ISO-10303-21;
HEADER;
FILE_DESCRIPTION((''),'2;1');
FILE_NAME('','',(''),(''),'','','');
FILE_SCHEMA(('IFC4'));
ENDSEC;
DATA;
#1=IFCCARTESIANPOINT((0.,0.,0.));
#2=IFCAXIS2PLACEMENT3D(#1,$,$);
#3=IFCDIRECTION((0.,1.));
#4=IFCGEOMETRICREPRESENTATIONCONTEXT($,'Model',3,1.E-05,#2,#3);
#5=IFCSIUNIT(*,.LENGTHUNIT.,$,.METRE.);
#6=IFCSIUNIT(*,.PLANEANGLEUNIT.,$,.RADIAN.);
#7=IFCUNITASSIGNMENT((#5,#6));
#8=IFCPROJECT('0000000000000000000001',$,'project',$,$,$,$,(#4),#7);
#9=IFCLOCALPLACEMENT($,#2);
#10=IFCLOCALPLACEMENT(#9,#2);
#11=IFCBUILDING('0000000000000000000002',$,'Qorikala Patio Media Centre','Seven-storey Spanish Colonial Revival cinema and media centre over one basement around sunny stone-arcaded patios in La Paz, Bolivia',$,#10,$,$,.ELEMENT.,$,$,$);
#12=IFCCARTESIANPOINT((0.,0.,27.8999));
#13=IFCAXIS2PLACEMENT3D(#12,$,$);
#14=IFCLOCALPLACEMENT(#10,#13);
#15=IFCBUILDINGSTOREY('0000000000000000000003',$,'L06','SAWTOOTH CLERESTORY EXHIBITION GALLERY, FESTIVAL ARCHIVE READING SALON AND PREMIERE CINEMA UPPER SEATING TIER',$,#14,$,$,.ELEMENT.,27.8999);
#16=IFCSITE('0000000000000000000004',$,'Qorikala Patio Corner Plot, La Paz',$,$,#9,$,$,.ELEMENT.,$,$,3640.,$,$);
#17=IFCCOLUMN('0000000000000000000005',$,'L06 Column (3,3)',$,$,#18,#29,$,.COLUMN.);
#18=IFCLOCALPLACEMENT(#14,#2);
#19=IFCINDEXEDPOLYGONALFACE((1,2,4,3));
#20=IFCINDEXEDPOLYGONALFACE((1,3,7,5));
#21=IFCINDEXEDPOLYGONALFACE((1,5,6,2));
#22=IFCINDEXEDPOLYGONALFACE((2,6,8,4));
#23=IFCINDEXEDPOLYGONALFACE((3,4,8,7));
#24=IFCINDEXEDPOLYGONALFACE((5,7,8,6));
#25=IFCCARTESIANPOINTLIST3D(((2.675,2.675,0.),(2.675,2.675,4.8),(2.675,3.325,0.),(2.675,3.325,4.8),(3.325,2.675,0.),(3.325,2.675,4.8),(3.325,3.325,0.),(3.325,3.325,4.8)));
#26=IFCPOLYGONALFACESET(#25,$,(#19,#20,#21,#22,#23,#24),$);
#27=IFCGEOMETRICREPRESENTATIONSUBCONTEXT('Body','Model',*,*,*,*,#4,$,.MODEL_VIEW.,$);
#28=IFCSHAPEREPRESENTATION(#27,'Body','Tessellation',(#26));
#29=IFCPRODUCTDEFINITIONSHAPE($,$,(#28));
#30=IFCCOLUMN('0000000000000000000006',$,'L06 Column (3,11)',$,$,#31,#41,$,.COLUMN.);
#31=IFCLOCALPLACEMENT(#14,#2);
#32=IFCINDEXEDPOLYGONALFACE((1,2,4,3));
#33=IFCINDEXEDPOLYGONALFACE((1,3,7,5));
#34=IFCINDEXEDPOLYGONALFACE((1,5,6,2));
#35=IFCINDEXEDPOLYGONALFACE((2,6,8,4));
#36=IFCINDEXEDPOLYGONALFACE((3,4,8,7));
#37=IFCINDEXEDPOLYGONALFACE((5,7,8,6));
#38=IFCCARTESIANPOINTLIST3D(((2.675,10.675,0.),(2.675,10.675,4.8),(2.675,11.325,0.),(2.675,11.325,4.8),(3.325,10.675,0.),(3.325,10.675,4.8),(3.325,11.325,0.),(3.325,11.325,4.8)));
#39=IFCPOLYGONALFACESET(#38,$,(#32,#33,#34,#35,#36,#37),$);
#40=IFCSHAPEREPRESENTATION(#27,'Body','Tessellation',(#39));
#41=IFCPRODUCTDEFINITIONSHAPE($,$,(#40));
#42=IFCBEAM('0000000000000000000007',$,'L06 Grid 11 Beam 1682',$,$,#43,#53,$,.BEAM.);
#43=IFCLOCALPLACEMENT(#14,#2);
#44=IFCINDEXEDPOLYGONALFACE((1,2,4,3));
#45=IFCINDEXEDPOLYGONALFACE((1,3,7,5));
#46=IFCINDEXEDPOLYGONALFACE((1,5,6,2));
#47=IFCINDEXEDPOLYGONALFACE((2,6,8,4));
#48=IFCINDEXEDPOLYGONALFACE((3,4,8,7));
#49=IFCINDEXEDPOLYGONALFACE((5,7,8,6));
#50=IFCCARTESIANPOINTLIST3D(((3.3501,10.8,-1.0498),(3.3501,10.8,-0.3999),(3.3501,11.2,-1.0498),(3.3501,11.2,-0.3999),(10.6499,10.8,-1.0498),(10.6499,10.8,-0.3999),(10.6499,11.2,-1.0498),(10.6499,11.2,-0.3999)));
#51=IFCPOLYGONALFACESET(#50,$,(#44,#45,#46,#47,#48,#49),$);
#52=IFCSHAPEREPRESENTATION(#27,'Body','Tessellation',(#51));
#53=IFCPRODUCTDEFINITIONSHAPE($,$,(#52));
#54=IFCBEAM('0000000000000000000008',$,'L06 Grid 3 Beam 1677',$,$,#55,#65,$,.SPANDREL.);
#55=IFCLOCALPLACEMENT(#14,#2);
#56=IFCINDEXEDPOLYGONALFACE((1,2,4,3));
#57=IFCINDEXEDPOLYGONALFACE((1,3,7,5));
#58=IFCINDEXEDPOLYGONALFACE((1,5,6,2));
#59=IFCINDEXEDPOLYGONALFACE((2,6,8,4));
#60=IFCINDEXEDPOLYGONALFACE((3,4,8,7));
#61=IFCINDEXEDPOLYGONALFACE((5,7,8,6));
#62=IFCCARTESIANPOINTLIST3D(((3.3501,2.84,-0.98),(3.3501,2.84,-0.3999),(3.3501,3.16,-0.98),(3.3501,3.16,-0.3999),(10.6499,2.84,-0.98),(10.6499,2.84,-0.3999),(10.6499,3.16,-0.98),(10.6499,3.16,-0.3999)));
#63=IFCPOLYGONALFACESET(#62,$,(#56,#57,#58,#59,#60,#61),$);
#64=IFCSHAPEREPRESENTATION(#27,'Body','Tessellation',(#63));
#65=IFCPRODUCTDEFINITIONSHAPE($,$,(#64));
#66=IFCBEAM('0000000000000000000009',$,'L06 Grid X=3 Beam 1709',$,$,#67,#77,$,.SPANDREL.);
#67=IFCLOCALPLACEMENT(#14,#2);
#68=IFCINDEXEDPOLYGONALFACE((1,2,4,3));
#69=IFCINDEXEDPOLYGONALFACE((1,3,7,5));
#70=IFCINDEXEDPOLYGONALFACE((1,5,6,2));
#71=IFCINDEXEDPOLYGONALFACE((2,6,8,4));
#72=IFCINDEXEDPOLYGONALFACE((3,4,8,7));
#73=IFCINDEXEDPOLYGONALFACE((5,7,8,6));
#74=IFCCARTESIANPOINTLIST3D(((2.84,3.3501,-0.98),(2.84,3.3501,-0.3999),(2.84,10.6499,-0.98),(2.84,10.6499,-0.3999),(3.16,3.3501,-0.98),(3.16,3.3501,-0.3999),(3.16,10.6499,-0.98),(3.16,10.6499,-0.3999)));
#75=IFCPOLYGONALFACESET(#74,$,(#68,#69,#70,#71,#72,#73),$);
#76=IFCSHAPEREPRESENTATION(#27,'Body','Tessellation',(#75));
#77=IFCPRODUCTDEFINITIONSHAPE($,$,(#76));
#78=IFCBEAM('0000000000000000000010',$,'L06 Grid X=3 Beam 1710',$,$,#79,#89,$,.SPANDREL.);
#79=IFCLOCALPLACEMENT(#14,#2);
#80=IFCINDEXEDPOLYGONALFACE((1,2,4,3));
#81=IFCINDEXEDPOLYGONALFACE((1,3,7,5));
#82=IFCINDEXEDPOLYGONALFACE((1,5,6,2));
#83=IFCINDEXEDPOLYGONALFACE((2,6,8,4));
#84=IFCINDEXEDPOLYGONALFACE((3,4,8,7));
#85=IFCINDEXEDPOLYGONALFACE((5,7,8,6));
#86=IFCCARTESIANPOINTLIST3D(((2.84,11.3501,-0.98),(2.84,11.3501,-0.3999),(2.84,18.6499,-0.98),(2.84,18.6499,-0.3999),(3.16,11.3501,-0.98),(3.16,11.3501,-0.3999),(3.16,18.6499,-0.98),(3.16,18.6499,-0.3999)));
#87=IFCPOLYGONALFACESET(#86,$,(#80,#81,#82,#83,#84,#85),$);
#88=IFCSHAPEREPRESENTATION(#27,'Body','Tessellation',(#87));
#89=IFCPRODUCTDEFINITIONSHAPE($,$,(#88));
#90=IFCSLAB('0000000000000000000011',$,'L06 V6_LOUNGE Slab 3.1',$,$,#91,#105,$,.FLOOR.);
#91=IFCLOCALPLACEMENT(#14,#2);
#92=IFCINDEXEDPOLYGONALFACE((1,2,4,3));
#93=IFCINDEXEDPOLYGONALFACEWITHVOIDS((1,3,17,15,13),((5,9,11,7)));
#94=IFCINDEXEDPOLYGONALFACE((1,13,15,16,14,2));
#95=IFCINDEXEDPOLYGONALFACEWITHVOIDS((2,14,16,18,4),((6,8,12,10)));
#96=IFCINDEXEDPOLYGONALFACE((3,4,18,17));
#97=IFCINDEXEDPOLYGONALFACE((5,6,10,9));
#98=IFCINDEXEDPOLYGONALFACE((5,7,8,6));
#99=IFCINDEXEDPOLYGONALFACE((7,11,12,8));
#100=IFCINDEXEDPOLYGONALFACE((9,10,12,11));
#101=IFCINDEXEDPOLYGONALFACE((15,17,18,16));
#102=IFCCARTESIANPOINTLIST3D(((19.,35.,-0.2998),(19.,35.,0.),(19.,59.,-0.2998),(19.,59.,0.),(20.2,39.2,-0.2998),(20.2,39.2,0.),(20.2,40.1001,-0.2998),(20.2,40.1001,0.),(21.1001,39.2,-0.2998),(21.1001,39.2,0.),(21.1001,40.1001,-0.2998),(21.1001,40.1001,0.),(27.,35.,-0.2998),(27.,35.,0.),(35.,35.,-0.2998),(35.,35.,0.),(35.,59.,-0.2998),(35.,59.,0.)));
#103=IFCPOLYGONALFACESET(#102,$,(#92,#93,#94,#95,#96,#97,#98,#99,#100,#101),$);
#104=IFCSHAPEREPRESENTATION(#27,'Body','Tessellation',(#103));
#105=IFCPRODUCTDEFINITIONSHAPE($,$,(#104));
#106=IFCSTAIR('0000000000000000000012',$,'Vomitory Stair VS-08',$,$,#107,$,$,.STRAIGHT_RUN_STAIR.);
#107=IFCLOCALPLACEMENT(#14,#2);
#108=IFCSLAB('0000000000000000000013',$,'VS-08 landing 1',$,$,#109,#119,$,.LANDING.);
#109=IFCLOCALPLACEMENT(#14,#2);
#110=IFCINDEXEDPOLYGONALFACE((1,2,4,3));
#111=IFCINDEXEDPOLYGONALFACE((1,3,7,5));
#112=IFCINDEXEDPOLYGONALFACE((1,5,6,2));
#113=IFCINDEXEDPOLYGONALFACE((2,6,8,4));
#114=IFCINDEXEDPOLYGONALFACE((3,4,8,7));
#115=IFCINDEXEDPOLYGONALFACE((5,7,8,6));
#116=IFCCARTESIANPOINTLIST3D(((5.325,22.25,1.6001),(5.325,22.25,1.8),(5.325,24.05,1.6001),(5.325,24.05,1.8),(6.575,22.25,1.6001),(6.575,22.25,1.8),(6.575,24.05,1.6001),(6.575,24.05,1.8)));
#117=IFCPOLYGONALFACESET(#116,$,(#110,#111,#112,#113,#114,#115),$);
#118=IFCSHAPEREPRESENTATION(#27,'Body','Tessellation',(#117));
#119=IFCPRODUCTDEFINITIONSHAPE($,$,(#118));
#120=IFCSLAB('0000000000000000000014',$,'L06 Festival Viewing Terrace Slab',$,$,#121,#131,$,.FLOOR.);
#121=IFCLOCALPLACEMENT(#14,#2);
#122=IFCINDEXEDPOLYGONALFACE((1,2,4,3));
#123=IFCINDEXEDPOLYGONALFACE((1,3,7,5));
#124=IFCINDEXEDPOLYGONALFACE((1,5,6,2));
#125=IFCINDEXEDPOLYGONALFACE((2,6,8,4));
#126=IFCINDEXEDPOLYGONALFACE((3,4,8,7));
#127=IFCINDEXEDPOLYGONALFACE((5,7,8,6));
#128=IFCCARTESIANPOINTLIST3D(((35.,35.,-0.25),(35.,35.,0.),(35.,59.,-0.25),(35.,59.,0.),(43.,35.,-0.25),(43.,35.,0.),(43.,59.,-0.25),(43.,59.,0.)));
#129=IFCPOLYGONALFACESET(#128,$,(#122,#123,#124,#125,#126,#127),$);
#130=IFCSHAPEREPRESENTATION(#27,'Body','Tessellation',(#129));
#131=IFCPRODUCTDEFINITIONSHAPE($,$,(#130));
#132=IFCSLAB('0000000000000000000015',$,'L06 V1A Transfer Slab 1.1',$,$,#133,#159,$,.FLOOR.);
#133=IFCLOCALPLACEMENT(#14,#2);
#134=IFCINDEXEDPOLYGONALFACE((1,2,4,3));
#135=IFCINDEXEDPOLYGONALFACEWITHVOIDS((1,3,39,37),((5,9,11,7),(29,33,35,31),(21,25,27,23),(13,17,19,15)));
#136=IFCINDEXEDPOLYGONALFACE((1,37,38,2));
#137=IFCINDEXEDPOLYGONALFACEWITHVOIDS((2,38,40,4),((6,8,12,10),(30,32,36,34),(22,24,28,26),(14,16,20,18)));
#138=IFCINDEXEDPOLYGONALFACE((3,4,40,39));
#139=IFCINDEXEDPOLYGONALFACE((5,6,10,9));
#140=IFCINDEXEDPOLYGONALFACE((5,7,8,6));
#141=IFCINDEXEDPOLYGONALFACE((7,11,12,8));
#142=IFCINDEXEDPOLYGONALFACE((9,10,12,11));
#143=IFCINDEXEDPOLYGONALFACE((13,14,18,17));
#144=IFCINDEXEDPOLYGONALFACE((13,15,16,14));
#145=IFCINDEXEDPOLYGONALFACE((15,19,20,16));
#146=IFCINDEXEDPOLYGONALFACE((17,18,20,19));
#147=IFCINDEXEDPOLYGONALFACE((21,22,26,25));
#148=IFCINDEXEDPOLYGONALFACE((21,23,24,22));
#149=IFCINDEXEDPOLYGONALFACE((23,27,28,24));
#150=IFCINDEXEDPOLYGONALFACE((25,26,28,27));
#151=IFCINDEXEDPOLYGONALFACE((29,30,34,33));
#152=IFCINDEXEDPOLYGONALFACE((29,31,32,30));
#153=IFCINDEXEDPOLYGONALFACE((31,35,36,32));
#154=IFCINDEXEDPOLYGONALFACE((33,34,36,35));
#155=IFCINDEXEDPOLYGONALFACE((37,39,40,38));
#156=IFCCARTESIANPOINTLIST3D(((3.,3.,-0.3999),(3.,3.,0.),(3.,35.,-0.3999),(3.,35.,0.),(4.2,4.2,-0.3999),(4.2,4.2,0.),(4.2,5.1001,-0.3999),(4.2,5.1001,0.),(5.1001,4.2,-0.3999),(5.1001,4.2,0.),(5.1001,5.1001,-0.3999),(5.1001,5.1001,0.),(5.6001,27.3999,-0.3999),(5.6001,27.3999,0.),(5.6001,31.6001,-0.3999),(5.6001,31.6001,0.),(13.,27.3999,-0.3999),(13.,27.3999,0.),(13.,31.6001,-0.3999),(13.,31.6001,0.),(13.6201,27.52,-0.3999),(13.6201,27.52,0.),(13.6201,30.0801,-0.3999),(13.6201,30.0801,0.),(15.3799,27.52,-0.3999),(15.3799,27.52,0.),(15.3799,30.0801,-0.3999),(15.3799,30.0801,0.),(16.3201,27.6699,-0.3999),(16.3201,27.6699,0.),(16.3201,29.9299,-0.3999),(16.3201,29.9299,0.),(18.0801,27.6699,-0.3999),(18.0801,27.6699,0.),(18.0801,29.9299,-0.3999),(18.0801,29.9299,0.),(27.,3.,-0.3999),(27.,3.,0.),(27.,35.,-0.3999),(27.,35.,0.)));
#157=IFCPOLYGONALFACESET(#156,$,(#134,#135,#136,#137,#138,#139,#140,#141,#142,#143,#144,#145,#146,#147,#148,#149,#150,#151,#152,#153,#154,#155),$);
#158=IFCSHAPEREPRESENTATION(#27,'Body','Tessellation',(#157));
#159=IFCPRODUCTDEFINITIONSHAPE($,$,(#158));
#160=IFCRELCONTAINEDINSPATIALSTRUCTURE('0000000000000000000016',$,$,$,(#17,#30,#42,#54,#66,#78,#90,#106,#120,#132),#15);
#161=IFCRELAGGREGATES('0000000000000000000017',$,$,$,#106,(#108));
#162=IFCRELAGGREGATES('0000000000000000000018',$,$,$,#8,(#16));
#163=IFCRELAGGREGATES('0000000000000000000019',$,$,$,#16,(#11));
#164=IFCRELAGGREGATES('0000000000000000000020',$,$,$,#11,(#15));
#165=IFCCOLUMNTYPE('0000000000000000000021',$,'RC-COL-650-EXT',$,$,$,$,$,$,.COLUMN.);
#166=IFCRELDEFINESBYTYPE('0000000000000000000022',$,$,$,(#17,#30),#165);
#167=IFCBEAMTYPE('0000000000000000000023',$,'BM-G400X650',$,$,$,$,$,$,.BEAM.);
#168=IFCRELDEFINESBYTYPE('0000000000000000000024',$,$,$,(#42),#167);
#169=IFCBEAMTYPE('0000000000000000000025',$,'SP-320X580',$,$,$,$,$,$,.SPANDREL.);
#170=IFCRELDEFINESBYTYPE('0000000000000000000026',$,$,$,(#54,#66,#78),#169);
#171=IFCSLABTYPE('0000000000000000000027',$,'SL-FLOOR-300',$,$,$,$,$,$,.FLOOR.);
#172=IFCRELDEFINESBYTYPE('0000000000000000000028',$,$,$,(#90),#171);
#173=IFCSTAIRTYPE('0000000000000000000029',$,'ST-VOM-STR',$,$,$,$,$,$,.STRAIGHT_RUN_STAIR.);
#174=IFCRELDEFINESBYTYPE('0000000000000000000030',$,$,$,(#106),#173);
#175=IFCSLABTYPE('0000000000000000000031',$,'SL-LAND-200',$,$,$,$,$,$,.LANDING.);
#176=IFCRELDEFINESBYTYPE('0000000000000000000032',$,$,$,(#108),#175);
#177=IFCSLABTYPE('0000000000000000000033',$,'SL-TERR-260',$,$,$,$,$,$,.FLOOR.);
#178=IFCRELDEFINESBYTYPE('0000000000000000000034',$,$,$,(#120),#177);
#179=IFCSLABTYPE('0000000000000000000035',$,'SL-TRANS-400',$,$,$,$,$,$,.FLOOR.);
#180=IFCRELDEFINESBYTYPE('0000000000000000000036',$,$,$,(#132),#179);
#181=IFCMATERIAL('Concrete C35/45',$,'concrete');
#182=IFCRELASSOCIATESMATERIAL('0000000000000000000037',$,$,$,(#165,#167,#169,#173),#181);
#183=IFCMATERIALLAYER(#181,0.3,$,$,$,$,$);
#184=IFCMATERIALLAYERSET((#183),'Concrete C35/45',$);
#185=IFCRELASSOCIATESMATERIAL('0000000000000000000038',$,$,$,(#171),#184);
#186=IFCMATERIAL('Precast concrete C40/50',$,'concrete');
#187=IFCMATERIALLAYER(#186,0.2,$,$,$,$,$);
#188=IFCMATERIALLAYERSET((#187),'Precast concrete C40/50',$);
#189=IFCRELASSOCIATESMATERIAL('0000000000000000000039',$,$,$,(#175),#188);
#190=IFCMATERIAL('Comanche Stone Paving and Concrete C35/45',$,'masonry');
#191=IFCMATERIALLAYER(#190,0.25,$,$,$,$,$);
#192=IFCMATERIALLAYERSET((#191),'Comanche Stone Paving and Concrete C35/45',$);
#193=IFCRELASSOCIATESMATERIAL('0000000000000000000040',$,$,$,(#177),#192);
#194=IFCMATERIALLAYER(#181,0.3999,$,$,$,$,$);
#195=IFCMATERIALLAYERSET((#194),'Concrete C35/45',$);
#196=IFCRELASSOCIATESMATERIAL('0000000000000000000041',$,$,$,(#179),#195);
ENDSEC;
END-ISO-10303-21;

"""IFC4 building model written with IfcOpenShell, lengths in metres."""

from ifc_helpers import new_model, si_unit, direction, frame, origin, origin_2d, place, context, subcontext, project, spatial, polyline, rectangle, outline, extrude, material, layer, layer_set, material_profile, profile_set, type_object, element, aggregate, save


model = new_model("IFC4")

# Units and contexts
model_context = context("Model", 3, precision=1e-05, world=origin(), true_north=direction((0.0, 1.0)))
body_context = subcontext(model_context, "Body", "Model", "MODEL_VIEW")
ifc_project = project(units=[si_unit("LENGTHUNIT", "METRE"), si_unit("PLANEANGLEUNIT", "RADIAN")], contexts=[model_context])

# Site, building, storey
site_placement = place(None, origin())
site = spatial("IfcSite", under=ifc_project, at=site_placement, Name="Qorikala Patio Corner Plot, La Paz", CompositionType="ELEMENT", RefElevation=3640.0)
building_placement = place(site_placement, origin())
building = spatial("IfcBuilding", under=site, at=building_placement, Name="Qorikala Patio Media Centre", Description="Seven-storey Spanish Colonial Revival cinema and media centre over one basement around sunny stone-arcaded patios in La Paz, Bolivia", CompositionType="ELEMENT")
storey_placement = place(building_placement, frame((0.0, 0.0, 27.8999)))
storey = spatial("IfcBuildingStorey", under=building, at=storey_placement, Name="L06", Description="SAWTOOTH CLERESTORY EXHIBITION GALLERY, FESTIVAL ARCHIVE READING SALON AND PREMIERE CINEMA UPPER SEATING TIER", CompositionType="ELEMENT", Elevation=27.8999)

# Columns
ifc_material_1 = material(Name="Concrete C35/45", Category="concrete")
ifc_material_profile_1 = material_profile(ifc_material_1, rectangle(XDim=0.6499, YDim=0.6499, at=origin_2d()), Name="RC 650x650")
ifc_profile_set_1 = profile_set([ifc_material_profile_1], Name="Concrete C35/45")
column_type = type_object("IfcColumnType", Name="RC-COL-650-EXT", PredefinedType="COLUMN", material=ifc_profile_set_1)
for number, where, z_axis, x_axis, name in (
    (1, (3.0, 3.0, 0.0), (0.0, 0.0, 1.0), (1.0, 0.0, 0.0), "L06 Column (3,3)"),
    (2, (3.0, 11.0, 0.0), (0.0, 0.0, 1.0), (1.0, 0.0, 0.0), "L06 Column (3,11)"),
):
    element("IfcColumn", number, at=place(storey_placement, frame(where, z_axis=z_axis, x_axis=x_axis)), inside=storey, type_object=column_type, Name=name, PredefinedType="COLUMN", context=body_context, shape_type="SweptSolid", body=[
        extrude(rectangle(XDim=0.6499, YDim=0.6499, at=origin_2d()), origin(), (0.0, 0.0, 1.0), 4.8),
    ])

# Beams
ifc_material_profile_2 = material_profile(ifc_material_1, rectangle(XDim=0.3999, YDim=0.6499, at=origin_2d()), Name="RC 400x650")
ifc_profile_set_2 = profile_set([ifc_material_profile_2], Name="Concrete C35/45")
beam_type_1 = type_object("IfcBeamType", Name="BM-G400X650", PredefinedType="BEAM", material=ifc_profile_set_2)
beam_placement = place(storey_placement, frame((3.3501, 11.0, -0.7249), z_axis=(1.0, 0.0, 0.0), x_axis=(0.0, 1.0, 0.0)))
element("IfcBeam", 3, at=beam_placement, inside=storey, type_object=beam_type_1, Name="L06 Grid 11 Beam 1682", PredefinedType="BEAM", context=body_context, shape_type="SweptSolid", body=[
    extrude(rectangle(XDim=0.3999, YDim=0.6499, at=origin_2d()), origin(), (0.0, 0.0, 1.0), 7.2998),
])
ifc_material_profile_3 = material_profile(ifc_material_1, rectangle(XDim=0.3201, YDim=0.5801, at=origin_2d()), Name="RC 320x580")
ifc_profile_set_3 = profile_set([ifc_material_profile_3], Name="Concrete C35/45")
beam_type_2 = type_object("IfcBeamType", Name="SP-320X580", PredefinedType="SPANDREL", material=ifc_profile_set_3)
for number, where, z_axis, x_axis, name in (
    (4, (3.3501, 3.0, -0.6899), (1.0, 0.0, 0.0), (0.0, 1.0, 0.0), "L06 Grid 3 Beam 1677"),
    (5, (3.0, 3.3501, -0.6899), (0.0, 1.0, 0.0), (-1.0, 0.0, 0.0), "L06 Grid X=3 Beam 1709"),
    (6, (3.0, 11.3501, -0.6899), (0.0, 1.0, 0.0), (-1.0, 0.0, 0.0), "L06 Grid X=3 Beam 1710"),
):
    element("IfcBeam", number, at=place(storey_placement, frame(where, z_axis=z_axis, x_axis=x_axis)), inside=storey, type_object=beam_type_2, Name=name, PredefinedType="SPANDREL", context=body_context, shape_type="SweptSolid", body=[
        extrude(rectangle(XDim=0.3201, YDim=0.5801, at=origin_2d()), origin(), (0.0, 0.0, 1.0), 7.2998),
    ])

# Slab
ifc_layer_1 = layer(ifc_material_1, 0.3)
ifc_layer_set_1 = layer_set([ifc_layer_1], Name="Concrete C35/45")
slab_type_1 = type_object("IfcSlabType", Name="SL-FLOOR-300", PredefinedType="FLOOR", material=ifc_layer_set_1)
slab_1_placement = place(storey_placement, frame((0.0, 0.0, -0.2998)))
element("IfcSlab", 7, at=slab_1_placement, inside=storey, type_object=slab_type_1, Name="L06 V6_LOUNGE Slab 3.1", PredefinedType="FLOOR", context=body_context, shape_type="SweptSolid", body=[
    extrude(outline(polyline([(35.0, 59.0), (35.0, 35.0), (27.0, 35.0), (19.0, 35.0), (19.0, 59.0), (35.0, 59.0)]), holes=[polyline([(21.1001, 39.2), (21.1001, 40.1001), (20.2, 40.1001), (20.2, 39.2), (21.1001, 39.2)])]), origin(), (0.0, 0.0, 1.0), 0.2998),
])

# Stair, slab
stair_type = type_object("IfcStairType", Name="ST-VOM-STR", PredefinedType="STRAIGHT_RUN_STAIR", material=ifc_material_1)
stair_placement = place(storey_placement, origin())
stair = element("IfcStair", 8, at=stair_placement, inside=storey, type_object=stair_type, Name="Vomitory Stair VS-08", PredefinedType="STRAIGHT_RUN_STAIR")
ifc_material_2 = material(Name="Precast concrete C40/50", Category="concrete")
ifc_layer_2 = layer(ifc_material_2, 0.2)
ifc_layer_set_2 = layer_set([ifc_layer_2], Name="Precast concrete C40/50")
slab_type_2 = type_object("IfcSlabType", Name="SL-LAND-200", PredefinedType="LANDING", material=ifc_layer_set_2)
slab_2_placement = place(storey_placement, frame((0.0, 0.0, 1.6001)))
slab_2 = element("IfcSlab", 9, at=slab_2_placement, type_object=slab_type_2, Name="VS-08 landing 1", PredefinedType="LANDING", context=body_context, shape_type="SweptSolid", body=[
    extrude(outline(polyline([(5.325, 22.25), (6.575, 22.25), (6.575, 24.05), (5.325, 24.05), (5.325, 22.25)])), origin(), (0.0, 0.0, 1.0), 0.2),
])
aggregate(stair, [slab_2])

# Slabs
ifc_material_3 = material(Name="Comanche Stone Paving and Concrete C35/45", Category="masonry")
ifc_layer_3 = layer(ifc_material_3, 0.25)
ifc_layer_set_3 = layer_set([ifc_layer_3], Name="Comanche Stone Paving and Concrete C35/45")
slab_type_3 = type_object("IfcSlabType", Name="SL-TERR-260", PredefinedType="FLOOR", material=ifc_layer_set_3)
slab_3_placement = place(storey_placement, frame((0.0, 0.0, -0.25)))
element("IfcSlab", 10, at=slab_3_placement, inside=storey, type_object=slab_type_3, Name="L06 Festival Viewing Terrace Slab", PredefinedType="FLOOR", context=body_context, shape_type="SweptSolid", body=[
    extrude(outline(polyline([(35.0, 35.0), (43.0, 35.0), (43.0, 59.0), (35.0, 59.0), (35.0, 35.0)])), origin(), (0.0, 0.0, 1.0), 0.25),
])
ifc_layer_4 = layer(ifc_material_1, 0.3999)
ifc_layer_set_4 = layer_set([ifc_layer_4], Name="Concrete C35/45")
slab_type_4 = type_object("IfcSlabType", Name="SL-TRANS-400", PredefinedType="FLOOR", material=ifc_layer_set_4)
slab_4_placement = place(storey_placement, frame((0.0, 0.0, -0.3999)))
element("IfcSlab", 11, at=slab_4_placement, inside=storey, type_object=slab_type_4, Name="L06 V1A Transfer Slab 1.1", PredefinedType="FLOOR", context=body_context, shape_type="SweptSolid", body=[
    extrude(outline(polyline([(3.0, 35.0), (27.0, 35.0), (27.0, 3.0), (3.0, 3.0), (3.0, 35.0)]), holes=[polyline([(5.1001, 5.1001), (4.2, 5.1001), (4.2, 4.2), (5.1001, 4.2), (5.1001, 5.1001)]), polyline([(15.3799, 27.52), (15.3799, 30.0801), (13.6201, 30.0801), (13.6201, 27.52), (15.3799, 27.52)]), polyline([(18.0801, 29.9299), (16.3201, 29.9299), (16.3201, 27.6699), (18.0801, 27.6699), (18.0801, 29.9299)]), polyline([(13.0, 31.6001), (5.6001, 31.6001), (5.6001, 27.3999), (13.0, 27.3999), (13.0, 31.6001)])]), origin(), (0.0, 0.0, 1.0), 0.3999),
])

save(model, "model.ifc")
